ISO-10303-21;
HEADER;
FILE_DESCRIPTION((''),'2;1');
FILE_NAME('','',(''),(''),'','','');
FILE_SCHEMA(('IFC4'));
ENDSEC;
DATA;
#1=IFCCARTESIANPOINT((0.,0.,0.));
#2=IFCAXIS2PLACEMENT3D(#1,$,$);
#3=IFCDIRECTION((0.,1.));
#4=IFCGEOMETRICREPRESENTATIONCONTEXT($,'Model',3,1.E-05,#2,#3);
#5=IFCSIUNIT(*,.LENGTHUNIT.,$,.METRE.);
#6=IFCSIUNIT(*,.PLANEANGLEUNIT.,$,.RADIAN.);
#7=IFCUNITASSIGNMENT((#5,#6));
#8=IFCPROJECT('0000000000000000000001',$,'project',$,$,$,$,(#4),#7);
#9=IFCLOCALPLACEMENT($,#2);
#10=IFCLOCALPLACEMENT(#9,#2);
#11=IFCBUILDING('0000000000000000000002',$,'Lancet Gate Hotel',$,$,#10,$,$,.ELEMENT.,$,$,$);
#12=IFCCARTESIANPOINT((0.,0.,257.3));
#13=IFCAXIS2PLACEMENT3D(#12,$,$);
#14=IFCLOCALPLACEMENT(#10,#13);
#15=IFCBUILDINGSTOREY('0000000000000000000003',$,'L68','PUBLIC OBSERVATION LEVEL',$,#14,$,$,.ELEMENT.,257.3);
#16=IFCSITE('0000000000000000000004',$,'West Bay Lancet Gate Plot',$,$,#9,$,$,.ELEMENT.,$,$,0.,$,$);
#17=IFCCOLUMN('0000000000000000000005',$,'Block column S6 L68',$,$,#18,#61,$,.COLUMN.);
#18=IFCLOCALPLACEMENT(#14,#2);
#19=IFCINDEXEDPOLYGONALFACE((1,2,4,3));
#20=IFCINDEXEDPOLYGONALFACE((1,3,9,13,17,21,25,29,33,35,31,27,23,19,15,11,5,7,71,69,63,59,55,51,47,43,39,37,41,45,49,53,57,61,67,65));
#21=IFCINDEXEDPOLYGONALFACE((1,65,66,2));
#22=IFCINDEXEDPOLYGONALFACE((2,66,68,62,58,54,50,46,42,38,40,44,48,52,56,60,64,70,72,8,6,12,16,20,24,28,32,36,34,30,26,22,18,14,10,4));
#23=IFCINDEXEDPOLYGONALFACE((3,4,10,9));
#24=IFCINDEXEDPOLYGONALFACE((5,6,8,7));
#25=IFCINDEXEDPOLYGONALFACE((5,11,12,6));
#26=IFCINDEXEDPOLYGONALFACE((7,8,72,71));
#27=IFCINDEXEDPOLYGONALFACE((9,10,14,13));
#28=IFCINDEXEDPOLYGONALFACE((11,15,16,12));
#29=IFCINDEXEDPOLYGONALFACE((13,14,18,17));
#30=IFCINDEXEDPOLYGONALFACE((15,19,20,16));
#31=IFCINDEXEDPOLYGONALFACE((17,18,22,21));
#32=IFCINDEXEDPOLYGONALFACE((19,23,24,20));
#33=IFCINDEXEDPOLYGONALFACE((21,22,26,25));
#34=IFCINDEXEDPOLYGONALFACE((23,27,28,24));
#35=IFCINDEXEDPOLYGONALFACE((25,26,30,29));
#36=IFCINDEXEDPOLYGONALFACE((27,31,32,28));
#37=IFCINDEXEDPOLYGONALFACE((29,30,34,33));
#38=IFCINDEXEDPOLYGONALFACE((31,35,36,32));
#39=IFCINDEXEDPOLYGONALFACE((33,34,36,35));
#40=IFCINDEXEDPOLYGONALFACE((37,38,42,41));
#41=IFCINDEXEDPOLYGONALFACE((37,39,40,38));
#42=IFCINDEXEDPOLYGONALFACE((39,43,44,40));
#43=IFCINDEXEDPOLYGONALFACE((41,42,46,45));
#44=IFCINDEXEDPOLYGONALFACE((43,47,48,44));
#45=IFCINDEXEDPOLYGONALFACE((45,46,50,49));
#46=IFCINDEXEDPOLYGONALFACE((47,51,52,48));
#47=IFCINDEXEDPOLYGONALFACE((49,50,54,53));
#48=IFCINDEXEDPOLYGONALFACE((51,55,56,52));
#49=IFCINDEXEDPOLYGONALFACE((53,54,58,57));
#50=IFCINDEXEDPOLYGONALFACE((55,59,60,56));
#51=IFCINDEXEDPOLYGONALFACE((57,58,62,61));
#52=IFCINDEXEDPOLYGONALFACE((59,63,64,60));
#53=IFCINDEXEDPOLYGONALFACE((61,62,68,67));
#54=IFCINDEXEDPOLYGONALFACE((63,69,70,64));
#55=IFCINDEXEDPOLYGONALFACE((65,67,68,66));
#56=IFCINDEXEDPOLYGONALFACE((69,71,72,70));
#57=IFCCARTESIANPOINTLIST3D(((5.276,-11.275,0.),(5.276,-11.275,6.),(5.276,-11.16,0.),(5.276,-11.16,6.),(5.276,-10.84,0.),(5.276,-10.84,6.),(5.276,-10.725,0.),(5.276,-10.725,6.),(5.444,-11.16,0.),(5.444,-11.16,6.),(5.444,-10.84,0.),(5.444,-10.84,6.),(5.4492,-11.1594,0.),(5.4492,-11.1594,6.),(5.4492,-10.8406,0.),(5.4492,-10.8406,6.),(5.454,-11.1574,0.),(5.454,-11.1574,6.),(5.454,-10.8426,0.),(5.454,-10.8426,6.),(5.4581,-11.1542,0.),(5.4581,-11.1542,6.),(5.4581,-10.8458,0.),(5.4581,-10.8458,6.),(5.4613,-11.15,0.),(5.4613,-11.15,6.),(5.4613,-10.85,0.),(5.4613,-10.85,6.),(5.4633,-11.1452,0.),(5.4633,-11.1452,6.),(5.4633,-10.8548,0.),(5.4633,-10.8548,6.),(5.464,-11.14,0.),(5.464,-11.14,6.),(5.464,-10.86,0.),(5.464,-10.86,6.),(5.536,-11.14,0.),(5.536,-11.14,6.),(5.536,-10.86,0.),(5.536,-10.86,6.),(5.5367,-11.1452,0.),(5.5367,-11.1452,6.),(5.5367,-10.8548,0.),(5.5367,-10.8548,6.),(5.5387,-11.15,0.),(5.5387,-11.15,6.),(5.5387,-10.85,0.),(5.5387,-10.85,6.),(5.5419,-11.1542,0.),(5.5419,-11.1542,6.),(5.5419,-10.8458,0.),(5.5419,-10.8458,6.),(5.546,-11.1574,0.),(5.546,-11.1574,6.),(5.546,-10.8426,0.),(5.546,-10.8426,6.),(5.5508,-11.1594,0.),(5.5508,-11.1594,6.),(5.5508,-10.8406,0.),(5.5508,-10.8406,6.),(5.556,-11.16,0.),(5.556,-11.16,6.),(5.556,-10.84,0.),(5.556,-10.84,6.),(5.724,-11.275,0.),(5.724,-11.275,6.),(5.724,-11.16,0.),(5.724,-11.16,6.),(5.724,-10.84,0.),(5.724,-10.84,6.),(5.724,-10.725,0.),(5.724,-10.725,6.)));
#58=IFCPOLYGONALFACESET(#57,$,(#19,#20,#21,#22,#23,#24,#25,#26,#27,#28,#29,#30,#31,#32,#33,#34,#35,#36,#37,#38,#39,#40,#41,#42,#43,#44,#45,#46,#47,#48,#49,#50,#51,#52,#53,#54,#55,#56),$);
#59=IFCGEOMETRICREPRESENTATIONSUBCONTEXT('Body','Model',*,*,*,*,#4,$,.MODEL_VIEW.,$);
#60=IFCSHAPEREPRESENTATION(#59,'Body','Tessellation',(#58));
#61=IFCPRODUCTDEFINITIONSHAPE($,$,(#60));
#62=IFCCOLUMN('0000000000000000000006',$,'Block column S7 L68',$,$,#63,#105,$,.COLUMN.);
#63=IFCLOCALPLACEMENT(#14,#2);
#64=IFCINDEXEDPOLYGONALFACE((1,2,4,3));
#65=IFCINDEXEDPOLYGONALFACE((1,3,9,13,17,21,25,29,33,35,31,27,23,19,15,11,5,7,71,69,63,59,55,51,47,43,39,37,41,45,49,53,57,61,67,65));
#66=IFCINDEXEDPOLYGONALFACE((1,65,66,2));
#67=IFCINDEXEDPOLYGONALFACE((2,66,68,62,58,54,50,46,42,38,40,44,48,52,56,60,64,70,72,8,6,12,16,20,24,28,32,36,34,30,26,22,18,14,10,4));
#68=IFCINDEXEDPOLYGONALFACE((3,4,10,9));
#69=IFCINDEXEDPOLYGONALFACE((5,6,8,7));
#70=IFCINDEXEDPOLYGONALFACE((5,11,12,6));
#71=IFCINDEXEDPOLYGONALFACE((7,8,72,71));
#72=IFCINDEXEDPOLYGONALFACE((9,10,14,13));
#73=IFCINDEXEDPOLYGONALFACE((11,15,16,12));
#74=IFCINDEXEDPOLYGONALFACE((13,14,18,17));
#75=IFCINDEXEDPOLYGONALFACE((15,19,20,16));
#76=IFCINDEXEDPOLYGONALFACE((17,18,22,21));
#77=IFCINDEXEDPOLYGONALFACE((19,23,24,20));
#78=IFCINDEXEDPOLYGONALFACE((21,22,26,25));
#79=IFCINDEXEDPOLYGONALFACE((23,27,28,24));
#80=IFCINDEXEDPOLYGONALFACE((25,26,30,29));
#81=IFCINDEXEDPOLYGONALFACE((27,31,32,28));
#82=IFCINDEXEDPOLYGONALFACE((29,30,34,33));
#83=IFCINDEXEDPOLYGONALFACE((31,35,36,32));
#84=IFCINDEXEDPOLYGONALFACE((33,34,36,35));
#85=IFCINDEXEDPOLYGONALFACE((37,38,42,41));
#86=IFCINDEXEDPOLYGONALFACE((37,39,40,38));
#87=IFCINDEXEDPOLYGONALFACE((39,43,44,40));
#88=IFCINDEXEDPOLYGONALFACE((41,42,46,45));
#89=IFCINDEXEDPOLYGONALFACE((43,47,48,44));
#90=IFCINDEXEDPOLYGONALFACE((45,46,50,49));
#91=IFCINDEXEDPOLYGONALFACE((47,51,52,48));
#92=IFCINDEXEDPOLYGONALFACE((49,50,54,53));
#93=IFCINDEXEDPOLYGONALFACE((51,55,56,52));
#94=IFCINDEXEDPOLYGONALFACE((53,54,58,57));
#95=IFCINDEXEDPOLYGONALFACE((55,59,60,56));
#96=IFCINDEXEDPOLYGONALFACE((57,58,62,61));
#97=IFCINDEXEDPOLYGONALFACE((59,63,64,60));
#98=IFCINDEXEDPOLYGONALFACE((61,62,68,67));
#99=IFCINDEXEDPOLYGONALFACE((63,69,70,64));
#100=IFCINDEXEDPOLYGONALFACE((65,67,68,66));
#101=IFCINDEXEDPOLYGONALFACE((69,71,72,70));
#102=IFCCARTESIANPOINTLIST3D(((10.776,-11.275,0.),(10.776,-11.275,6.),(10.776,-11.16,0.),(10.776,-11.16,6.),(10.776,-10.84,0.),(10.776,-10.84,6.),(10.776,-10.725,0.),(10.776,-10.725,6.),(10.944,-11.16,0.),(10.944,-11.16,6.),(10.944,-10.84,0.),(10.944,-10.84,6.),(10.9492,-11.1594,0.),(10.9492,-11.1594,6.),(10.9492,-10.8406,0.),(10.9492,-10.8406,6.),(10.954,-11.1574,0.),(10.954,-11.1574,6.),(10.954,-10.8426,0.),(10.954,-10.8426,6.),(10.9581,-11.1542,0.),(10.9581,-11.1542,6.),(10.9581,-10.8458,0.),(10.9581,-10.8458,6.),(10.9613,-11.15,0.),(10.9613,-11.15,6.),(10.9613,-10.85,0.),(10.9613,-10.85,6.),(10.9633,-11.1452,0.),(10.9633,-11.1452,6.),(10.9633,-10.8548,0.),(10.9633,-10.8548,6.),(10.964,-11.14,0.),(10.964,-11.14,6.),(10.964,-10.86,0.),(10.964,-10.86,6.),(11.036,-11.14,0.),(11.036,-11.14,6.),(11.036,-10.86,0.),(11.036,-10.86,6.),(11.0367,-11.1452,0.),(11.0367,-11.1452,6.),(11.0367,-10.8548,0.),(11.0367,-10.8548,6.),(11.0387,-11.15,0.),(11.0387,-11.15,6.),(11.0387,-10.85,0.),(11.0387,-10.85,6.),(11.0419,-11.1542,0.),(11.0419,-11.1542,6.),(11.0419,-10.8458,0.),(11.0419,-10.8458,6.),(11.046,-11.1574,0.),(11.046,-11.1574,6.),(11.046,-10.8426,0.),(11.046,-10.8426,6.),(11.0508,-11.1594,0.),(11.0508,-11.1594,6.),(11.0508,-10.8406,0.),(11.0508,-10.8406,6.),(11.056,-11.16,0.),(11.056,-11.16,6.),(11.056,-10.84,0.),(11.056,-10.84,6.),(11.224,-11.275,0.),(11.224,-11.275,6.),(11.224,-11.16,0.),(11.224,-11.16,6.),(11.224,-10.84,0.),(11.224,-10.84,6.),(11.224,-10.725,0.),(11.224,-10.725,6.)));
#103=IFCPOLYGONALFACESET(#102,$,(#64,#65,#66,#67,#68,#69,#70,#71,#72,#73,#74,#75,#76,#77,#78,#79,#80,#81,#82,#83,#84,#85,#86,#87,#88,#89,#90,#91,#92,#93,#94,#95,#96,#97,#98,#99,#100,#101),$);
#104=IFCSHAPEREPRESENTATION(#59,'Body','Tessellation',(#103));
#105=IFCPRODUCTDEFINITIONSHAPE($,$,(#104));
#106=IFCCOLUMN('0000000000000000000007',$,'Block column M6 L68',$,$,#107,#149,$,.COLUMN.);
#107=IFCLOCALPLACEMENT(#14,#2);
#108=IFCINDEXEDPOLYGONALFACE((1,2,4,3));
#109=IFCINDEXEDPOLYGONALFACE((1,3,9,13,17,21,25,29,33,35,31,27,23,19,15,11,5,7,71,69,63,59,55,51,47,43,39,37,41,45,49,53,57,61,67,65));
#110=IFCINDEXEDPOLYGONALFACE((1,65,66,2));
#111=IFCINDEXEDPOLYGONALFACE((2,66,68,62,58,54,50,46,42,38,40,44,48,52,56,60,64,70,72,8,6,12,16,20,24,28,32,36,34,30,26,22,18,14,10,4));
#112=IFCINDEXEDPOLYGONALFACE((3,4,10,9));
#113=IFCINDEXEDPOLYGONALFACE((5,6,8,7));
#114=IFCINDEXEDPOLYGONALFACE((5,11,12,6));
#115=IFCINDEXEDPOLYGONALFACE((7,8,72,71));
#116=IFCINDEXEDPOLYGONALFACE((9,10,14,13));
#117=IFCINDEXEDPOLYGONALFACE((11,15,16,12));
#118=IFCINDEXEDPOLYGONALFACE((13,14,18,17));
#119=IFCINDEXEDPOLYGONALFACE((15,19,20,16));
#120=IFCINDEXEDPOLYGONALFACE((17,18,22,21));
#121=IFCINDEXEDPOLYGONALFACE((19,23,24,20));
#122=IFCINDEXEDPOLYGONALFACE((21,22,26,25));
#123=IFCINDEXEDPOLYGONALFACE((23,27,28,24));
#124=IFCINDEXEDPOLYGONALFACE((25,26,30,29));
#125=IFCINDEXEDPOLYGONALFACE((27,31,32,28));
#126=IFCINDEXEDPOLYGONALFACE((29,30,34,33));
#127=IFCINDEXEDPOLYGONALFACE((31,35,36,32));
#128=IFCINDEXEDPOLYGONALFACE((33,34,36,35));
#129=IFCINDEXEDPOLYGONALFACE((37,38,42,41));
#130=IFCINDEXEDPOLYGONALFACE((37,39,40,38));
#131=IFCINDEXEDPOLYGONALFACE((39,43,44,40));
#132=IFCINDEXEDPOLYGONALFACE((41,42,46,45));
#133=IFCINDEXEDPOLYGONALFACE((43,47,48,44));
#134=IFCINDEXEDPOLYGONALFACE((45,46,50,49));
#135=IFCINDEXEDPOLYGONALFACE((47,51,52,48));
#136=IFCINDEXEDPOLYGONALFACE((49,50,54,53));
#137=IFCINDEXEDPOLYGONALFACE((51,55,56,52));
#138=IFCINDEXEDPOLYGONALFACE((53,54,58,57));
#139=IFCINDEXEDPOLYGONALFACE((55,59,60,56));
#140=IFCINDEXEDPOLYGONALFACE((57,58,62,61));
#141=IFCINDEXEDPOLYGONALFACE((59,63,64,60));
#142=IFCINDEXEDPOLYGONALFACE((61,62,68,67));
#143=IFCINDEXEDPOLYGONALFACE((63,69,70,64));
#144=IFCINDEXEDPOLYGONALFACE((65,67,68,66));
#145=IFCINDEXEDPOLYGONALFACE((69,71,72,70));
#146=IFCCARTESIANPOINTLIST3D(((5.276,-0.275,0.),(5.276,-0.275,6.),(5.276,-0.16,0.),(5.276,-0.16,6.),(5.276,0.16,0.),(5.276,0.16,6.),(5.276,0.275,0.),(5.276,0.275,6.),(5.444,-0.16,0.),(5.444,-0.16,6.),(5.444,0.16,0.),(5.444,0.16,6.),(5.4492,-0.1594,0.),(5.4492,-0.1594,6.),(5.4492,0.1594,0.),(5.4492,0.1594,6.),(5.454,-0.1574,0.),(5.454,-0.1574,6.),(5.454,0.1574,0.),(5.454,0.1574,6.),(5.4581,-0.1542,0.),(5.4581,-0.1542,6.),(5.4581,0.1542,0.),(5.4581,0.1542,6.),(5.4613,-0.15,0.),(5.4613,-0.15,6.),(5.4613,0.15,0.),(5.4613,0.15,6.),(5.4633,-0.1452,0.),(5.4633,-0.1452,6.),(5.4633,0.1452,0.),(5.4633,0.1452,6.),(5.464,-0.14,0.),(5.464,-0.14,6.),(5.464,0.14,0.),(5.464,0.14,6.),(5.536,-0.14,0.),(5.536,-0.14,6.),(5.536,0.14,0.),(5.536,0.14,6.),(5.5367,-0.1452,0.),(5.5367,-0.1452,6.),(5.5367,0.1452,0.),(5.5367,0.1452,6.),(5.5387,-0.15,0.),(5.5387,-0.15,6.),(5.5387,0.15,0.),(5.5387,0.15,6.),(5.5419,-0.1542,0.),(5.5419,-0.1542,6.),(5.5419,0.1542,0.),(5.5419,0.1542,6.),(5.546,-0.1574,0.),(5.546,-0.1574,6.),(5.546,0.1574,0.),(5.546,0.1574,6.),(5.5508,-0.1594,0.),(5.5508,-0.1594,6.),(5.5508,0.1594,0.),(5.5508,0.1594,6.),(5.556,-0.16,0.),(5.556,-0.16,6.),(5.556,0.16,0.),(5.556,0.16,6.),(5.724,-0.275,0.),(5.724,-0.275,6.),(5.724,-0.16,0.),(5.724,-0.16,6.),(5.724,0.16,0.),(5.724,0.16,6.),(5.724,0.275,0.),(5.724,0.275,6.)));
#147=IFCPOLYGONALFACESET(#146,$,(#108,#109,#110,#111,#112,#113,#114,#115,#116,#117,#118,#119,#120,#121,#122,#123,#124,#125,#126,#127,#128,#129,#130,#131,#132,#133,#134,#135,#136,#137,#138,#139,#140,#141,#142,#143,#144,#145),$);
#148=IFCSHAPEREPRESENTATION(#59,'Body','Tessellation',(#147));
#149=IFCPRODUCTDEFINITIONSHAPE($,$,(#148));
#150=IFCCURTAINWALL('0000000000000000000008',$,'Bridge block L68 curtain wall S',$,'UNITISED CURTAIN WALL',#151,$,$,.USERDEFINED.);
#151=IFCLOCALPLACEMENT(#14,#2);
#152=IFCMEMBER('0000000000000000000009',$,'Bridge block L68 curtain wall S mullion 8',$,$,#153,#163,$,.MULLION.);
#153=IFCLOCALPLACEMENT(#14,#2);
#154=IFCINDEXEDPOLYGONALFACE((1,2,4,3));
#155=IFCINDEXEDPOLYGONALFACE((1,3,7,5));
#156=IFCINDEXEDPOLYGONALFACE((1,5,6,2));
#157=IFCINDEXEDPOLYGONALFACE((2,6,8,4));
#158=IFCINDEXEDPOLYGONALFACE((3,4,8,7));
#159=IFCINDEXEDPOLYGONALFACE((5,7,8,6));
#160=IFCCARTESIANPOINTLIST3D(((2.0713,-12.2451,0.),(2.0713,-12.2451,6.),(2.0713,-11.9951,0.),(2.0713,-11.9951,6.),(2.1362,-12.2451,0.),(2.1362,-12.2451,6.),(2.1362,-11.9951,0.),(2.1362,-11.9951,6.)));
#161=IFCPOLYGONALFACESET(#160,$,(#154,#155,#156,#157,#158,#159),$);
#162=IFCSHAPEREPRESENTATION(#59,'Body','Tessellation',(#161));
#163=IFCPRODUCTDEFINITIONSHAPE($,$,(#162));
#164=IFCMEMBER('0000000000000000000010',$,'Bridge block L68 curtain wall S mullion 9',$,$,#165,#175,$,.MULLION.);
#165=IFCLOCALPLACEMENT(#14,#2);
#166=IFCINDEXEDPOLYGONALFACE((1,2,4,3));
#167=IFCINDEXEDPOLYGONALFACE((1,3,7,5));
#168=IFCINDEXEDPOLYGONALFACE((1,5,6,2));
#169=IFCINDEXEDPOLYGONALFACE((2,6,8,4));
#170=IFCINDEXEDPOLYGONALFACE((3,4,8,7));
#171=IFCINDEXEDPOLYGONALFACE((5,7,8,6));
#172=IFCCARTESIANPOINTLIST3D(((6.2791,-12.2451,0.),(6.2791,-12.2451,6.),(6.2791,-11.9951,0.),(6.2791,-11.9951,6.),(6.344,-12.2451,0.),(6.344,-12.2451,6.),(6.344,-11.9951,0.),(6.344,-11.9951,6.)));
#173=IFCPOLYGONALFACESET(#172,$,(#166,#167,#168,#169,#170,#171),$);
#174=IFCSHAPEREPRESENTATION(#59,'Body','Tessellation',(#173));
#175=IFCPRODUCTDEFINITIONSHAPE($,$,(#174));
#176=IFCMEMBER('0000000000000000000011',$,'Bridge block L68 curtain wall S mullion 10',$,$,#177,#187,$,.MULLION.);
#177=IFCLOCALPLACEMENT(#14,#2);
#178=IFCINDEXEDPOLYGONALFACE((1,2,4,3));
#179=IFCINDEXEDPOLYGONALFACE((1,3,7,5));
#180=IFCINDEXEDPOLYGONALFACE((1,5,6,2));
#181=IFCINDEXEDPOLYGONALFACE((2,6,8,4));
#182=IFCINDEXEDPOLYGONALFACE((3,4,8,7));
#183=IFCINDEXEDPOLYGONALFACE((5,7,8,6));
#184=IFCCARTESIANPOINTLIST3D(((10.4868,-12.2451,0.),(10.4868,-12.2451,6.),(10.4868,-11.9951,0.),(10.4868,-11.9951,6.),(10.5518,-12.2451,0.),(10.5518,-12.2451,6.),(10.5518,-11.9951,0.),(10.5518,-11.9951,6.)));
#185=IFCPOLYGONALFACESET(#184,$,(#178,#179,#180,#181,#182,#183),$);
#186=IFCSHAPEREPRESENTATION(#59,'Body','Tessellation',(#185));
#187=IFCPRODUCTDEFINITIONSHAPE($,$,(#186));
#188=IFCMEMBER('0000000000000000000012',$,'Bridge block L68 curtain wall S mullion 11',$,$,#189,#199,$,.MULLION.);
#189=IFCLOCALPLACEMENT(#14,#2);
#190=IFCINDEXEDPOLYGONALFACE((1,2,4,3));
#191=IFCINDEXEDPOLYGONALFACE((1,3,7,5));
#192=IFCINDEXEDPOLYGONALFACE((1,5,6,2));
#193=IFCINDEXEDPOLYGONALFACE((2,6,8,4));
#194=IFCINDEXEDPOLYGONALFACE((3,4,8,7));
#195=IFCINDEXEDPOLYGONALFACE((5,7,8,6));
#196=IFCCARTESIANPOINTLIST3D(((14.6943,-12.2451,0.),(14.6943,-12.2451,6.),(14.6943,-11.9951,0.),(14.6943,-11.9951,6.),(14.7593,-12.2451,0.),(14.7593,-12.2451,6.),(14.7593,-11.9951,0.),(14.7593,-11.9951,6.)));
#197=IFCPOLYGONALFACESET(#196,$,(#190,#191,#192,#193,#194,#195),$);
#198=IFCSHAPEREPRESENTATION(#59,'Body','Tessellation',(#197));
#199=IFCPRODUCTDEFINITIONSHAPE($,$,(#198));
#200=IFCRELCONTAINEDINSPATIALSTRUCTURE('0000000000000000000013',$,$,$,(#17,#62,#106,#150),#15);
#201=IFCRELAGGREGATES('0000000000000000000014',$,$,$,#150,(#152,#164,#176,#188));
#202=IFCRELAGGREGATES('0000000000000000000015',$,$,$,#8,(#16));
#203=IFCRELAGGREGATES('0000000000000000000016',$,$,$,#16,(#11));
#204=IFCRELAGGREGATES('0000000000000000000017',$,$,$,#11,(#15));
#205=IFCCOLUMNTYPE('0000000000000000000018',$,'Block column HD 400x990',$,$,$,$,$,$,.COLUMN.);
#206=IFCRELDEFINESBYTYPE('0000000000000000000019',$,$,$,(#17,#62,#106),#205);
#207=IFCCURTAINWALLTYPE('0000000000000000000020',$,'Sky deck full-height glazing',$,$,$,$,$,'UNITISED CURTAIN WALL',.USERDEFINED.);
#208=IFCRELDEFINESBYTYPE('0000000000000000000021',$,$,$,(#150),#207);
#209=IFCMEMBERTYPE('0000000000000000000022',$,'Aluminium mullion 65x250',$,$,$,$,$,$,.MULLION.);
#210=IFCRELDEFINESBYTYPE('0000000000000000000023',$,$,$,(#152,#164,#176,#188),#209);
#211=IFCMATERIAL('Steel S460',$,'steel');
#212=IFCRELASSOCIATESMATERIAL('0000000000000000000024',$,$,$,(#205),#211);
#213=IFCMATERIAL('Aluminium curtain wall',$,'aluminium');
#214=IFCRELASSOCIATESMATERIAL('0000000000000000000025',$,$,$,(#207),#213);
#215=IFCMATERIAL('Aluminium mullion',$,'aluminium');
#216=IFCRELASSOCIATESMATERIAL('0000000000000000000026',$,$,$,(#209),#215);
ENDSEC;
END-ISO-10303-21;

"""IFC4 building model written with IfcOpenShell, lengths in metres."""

from ifc_helpers import new_model, si_unit, direction, frame, origin, origin_2d, place, context, subcontext, project, spatial, rectangle, i_section, extrude, material, material_profile, profile_set, type_object, element, aggregate, save


model = new_model("IFC4")

# Units and contexts
model_context = context("Model", 3, precision=1e-05, world=origin(), true_north=direction((0.0, 1.0)))
body_context = subcontext(model_context, "Body", "Model", "MODEL_VIEW")
ifc_project = project(units=[si_unit("LENGTHUNIT", "METRE"), si_unit("PLANEANGLEUNIT", "RADIAN")], contexts=[model_context])

# Site, building, storey
site_placement = place(None, origin())
site = spatial("IfcSite", under=ifc_project, at=site_placement, Name="West Bay Lancet Gate Plot", CompositionType="ELEMENT", RefElevation=0.0)
building_placement = place(site_placement, origin())
building = spatial("IfcBuilding", under=site, at=building_placement, Name="Lancet Gate Hotel", CompositionType="ELEMENT")
storey_placement = place(building_placement, frame((0.0, 0.0, 257.3)))
storey = spatial("IfcBuildingStorey", under=building, at=storey_placement, Name="L68", Description="PUBLIC OBSERVATION LEVEL", CompositionType="ELEMENT", Elevation=257.3)

# Columns
ifc_material_1 = material(Name="Steel S460", Category="steel")
ifc_material_profile_1 = material_profile(ifc_material_1, i_section(OverallWidth=0.448, OverallDepth=0.55, WebThickness=0.072, FlangeThickness=0.115, FilletRadius=0.02, at=origin_2d()), Name="HD 400x990")
ifc_profile_set_1 = profile_set([ifc_material_profile_1], Name="Steel S460")
column_type = type_object("IfcColumnType", Name="Block column HD 400x990", PredefinedType="COLUMN", material=ifc_profile_set_1)
for number, where, z_axis, x_axis, name in (
    (1, (5.5, -11.0, 0.0), (0.0, 0.0, 1.0), (1.0, 0.0, 0.0), "Block column S6 L68"),
    (2, (11.0, -11.0, 0.0), (0.0, 0.0, 1.0), (1.0, 0.0, 0.0), "Block column S7 L68"),
    (3, (5.5, 0.0, 0.0), (0.0, 0.0, 1.0), (1.0, 0.0, 0.0), "Block column M6 L68"),
):
    element("IfcColumn", number, at=place(storey_placement, frame(where, z_axis=z_axis, x_axis=x_axis)), inside=storey, type_object=column_type, Name=name, PredefinedType="COLUMN", context=body_context, shape_type="SweptSolid", body=[
        extrude(i_section(OverallWidth=0.448, OverallDepth=0.55, WebThickness=0.072, FlangeThickness=0.115, FilletRadius=0.02, at=origin_2d()), origin(), (0.0, 0.0, 1.0), 6.0),
    ])

# Curtain wall, members
ifc_material_2 = material(Name="Aluminium curtain wall", Category="aluminium")
curtain_wall_type = type_object("IfcCurtainWallType", Name="Sky deck full-height glazing", ElementType="UNITISED CURTAIN WALL", PredefinedType="USERDEFINED", material=ifc_material_2)
curtain_wall_placement = place(storey_placement, origin())
curtain_wall = element("IfcCurtainWall", 4, at=curtain_wall_placement, inside=storey, type_object=curtain_wall_type, Name="Bridge block L68 curtain wall S", ObjectType="UNITISED CURTAIN WALL", PredefinedType="USERDEFINED")
ifc_material_3 = material(Name="Aluminium mullion", Category="aluminium")
ifc_material_profile_2 = material_profile(ifc_material_3, rectangle(XDim=0.0649, YDim=0.25, at=origin_2d()), Name="MULLION 65x250")
ifc_profile_set_2 = profile_set([ifc_material_profile_2], Name="Aluminium mullion")
member_type_1 = type_object("IfcMemberType", Name="Aluminium mullion 65x250", PredefinedType="MULLION", material=ifc_profile_set_2)
member_1_placement = place(storey_placement, frame((2.1038, -12.1201, 0.0), z_axis=(0.0, 0.0, 1.0), x_axis=(1.0, 0.0, 0.0)))
member_1 = element("IfcMember", 5, at=member_1_placement, type_object=member_type_1, Name="Bridge block L68 curtain wall S mullion 8", PredefinedType="MULLION", context=body_context, shape_type="SweptSolid", body=[
    extrude(rectangle(XDim=0.0649, YDim=0.25, at=origin_2d()), origin(), (0.0, 0.0, 1.0), 6.0),
])
member_2_placement = place(storey_placement, frame((6.3115, -12.1201, 0.0), z_axis=(0.0, 0.0, 1.0), x_axis=(1.0, 0.0, 0.0)))
member_2 = element("IfcMember", 6, at=member_2_placement, type_object=member_type_1, Name="Bridge block L68 curtain wall S mullion 9", PredefinedType="MULLION", context=body_context, shape_type="SweptSolid", body=[
    extrude(rectangle(XDim=0.0649, YDim=0.25, at=origin_2d()), origin(), (0.0, 0.0, 1.0), 6.0),
])
member_3_placement = place(storey_placement, frame((10.5193, -12.1201, 0.0), z_axis=(0.0, 0.0, 1.0), x_axis=(1.0, 0.0, 0.0)))
member_3 = element("IfcMember", 7, at=member_3_placement, type_object=member_type_1, Name="Bridge block L68 curtain wall S mullion 10", PredefinedType="MULLION", context=body_context, shape_type="SweptSolid", body=[
    extrude(rectangle(XDim=0.0649, YDim=0.25, at=origin_2d()), origin(), (0.0, 0.0, 1.0), 6.0),
])
member_4_placement = place(storey_placement, frame((14.7268, -12.1201, 0.0), z_axis=(0.0, 0.0, 1.0), x_axis=(1.0, 0.0, 0.0)))
member_4 = element("IfcMember", 8, at=member_4_placement, type_object=member_type_1, Name="Bridge block L68 curtain wall S mullion 11", PredefinedType="MULLION", context=body_context, shape_type="SweptSolid", body=[
    extrude(rectangle(XDim=0.0649, YDim=0.25, at=origin_2d()), origin(), (0.0, 0.0, 1.0), 6.0),
])

aggregate(curtain_wall, [member_1, member_2, member_3, member_4])

save(model, "model.ifc")
